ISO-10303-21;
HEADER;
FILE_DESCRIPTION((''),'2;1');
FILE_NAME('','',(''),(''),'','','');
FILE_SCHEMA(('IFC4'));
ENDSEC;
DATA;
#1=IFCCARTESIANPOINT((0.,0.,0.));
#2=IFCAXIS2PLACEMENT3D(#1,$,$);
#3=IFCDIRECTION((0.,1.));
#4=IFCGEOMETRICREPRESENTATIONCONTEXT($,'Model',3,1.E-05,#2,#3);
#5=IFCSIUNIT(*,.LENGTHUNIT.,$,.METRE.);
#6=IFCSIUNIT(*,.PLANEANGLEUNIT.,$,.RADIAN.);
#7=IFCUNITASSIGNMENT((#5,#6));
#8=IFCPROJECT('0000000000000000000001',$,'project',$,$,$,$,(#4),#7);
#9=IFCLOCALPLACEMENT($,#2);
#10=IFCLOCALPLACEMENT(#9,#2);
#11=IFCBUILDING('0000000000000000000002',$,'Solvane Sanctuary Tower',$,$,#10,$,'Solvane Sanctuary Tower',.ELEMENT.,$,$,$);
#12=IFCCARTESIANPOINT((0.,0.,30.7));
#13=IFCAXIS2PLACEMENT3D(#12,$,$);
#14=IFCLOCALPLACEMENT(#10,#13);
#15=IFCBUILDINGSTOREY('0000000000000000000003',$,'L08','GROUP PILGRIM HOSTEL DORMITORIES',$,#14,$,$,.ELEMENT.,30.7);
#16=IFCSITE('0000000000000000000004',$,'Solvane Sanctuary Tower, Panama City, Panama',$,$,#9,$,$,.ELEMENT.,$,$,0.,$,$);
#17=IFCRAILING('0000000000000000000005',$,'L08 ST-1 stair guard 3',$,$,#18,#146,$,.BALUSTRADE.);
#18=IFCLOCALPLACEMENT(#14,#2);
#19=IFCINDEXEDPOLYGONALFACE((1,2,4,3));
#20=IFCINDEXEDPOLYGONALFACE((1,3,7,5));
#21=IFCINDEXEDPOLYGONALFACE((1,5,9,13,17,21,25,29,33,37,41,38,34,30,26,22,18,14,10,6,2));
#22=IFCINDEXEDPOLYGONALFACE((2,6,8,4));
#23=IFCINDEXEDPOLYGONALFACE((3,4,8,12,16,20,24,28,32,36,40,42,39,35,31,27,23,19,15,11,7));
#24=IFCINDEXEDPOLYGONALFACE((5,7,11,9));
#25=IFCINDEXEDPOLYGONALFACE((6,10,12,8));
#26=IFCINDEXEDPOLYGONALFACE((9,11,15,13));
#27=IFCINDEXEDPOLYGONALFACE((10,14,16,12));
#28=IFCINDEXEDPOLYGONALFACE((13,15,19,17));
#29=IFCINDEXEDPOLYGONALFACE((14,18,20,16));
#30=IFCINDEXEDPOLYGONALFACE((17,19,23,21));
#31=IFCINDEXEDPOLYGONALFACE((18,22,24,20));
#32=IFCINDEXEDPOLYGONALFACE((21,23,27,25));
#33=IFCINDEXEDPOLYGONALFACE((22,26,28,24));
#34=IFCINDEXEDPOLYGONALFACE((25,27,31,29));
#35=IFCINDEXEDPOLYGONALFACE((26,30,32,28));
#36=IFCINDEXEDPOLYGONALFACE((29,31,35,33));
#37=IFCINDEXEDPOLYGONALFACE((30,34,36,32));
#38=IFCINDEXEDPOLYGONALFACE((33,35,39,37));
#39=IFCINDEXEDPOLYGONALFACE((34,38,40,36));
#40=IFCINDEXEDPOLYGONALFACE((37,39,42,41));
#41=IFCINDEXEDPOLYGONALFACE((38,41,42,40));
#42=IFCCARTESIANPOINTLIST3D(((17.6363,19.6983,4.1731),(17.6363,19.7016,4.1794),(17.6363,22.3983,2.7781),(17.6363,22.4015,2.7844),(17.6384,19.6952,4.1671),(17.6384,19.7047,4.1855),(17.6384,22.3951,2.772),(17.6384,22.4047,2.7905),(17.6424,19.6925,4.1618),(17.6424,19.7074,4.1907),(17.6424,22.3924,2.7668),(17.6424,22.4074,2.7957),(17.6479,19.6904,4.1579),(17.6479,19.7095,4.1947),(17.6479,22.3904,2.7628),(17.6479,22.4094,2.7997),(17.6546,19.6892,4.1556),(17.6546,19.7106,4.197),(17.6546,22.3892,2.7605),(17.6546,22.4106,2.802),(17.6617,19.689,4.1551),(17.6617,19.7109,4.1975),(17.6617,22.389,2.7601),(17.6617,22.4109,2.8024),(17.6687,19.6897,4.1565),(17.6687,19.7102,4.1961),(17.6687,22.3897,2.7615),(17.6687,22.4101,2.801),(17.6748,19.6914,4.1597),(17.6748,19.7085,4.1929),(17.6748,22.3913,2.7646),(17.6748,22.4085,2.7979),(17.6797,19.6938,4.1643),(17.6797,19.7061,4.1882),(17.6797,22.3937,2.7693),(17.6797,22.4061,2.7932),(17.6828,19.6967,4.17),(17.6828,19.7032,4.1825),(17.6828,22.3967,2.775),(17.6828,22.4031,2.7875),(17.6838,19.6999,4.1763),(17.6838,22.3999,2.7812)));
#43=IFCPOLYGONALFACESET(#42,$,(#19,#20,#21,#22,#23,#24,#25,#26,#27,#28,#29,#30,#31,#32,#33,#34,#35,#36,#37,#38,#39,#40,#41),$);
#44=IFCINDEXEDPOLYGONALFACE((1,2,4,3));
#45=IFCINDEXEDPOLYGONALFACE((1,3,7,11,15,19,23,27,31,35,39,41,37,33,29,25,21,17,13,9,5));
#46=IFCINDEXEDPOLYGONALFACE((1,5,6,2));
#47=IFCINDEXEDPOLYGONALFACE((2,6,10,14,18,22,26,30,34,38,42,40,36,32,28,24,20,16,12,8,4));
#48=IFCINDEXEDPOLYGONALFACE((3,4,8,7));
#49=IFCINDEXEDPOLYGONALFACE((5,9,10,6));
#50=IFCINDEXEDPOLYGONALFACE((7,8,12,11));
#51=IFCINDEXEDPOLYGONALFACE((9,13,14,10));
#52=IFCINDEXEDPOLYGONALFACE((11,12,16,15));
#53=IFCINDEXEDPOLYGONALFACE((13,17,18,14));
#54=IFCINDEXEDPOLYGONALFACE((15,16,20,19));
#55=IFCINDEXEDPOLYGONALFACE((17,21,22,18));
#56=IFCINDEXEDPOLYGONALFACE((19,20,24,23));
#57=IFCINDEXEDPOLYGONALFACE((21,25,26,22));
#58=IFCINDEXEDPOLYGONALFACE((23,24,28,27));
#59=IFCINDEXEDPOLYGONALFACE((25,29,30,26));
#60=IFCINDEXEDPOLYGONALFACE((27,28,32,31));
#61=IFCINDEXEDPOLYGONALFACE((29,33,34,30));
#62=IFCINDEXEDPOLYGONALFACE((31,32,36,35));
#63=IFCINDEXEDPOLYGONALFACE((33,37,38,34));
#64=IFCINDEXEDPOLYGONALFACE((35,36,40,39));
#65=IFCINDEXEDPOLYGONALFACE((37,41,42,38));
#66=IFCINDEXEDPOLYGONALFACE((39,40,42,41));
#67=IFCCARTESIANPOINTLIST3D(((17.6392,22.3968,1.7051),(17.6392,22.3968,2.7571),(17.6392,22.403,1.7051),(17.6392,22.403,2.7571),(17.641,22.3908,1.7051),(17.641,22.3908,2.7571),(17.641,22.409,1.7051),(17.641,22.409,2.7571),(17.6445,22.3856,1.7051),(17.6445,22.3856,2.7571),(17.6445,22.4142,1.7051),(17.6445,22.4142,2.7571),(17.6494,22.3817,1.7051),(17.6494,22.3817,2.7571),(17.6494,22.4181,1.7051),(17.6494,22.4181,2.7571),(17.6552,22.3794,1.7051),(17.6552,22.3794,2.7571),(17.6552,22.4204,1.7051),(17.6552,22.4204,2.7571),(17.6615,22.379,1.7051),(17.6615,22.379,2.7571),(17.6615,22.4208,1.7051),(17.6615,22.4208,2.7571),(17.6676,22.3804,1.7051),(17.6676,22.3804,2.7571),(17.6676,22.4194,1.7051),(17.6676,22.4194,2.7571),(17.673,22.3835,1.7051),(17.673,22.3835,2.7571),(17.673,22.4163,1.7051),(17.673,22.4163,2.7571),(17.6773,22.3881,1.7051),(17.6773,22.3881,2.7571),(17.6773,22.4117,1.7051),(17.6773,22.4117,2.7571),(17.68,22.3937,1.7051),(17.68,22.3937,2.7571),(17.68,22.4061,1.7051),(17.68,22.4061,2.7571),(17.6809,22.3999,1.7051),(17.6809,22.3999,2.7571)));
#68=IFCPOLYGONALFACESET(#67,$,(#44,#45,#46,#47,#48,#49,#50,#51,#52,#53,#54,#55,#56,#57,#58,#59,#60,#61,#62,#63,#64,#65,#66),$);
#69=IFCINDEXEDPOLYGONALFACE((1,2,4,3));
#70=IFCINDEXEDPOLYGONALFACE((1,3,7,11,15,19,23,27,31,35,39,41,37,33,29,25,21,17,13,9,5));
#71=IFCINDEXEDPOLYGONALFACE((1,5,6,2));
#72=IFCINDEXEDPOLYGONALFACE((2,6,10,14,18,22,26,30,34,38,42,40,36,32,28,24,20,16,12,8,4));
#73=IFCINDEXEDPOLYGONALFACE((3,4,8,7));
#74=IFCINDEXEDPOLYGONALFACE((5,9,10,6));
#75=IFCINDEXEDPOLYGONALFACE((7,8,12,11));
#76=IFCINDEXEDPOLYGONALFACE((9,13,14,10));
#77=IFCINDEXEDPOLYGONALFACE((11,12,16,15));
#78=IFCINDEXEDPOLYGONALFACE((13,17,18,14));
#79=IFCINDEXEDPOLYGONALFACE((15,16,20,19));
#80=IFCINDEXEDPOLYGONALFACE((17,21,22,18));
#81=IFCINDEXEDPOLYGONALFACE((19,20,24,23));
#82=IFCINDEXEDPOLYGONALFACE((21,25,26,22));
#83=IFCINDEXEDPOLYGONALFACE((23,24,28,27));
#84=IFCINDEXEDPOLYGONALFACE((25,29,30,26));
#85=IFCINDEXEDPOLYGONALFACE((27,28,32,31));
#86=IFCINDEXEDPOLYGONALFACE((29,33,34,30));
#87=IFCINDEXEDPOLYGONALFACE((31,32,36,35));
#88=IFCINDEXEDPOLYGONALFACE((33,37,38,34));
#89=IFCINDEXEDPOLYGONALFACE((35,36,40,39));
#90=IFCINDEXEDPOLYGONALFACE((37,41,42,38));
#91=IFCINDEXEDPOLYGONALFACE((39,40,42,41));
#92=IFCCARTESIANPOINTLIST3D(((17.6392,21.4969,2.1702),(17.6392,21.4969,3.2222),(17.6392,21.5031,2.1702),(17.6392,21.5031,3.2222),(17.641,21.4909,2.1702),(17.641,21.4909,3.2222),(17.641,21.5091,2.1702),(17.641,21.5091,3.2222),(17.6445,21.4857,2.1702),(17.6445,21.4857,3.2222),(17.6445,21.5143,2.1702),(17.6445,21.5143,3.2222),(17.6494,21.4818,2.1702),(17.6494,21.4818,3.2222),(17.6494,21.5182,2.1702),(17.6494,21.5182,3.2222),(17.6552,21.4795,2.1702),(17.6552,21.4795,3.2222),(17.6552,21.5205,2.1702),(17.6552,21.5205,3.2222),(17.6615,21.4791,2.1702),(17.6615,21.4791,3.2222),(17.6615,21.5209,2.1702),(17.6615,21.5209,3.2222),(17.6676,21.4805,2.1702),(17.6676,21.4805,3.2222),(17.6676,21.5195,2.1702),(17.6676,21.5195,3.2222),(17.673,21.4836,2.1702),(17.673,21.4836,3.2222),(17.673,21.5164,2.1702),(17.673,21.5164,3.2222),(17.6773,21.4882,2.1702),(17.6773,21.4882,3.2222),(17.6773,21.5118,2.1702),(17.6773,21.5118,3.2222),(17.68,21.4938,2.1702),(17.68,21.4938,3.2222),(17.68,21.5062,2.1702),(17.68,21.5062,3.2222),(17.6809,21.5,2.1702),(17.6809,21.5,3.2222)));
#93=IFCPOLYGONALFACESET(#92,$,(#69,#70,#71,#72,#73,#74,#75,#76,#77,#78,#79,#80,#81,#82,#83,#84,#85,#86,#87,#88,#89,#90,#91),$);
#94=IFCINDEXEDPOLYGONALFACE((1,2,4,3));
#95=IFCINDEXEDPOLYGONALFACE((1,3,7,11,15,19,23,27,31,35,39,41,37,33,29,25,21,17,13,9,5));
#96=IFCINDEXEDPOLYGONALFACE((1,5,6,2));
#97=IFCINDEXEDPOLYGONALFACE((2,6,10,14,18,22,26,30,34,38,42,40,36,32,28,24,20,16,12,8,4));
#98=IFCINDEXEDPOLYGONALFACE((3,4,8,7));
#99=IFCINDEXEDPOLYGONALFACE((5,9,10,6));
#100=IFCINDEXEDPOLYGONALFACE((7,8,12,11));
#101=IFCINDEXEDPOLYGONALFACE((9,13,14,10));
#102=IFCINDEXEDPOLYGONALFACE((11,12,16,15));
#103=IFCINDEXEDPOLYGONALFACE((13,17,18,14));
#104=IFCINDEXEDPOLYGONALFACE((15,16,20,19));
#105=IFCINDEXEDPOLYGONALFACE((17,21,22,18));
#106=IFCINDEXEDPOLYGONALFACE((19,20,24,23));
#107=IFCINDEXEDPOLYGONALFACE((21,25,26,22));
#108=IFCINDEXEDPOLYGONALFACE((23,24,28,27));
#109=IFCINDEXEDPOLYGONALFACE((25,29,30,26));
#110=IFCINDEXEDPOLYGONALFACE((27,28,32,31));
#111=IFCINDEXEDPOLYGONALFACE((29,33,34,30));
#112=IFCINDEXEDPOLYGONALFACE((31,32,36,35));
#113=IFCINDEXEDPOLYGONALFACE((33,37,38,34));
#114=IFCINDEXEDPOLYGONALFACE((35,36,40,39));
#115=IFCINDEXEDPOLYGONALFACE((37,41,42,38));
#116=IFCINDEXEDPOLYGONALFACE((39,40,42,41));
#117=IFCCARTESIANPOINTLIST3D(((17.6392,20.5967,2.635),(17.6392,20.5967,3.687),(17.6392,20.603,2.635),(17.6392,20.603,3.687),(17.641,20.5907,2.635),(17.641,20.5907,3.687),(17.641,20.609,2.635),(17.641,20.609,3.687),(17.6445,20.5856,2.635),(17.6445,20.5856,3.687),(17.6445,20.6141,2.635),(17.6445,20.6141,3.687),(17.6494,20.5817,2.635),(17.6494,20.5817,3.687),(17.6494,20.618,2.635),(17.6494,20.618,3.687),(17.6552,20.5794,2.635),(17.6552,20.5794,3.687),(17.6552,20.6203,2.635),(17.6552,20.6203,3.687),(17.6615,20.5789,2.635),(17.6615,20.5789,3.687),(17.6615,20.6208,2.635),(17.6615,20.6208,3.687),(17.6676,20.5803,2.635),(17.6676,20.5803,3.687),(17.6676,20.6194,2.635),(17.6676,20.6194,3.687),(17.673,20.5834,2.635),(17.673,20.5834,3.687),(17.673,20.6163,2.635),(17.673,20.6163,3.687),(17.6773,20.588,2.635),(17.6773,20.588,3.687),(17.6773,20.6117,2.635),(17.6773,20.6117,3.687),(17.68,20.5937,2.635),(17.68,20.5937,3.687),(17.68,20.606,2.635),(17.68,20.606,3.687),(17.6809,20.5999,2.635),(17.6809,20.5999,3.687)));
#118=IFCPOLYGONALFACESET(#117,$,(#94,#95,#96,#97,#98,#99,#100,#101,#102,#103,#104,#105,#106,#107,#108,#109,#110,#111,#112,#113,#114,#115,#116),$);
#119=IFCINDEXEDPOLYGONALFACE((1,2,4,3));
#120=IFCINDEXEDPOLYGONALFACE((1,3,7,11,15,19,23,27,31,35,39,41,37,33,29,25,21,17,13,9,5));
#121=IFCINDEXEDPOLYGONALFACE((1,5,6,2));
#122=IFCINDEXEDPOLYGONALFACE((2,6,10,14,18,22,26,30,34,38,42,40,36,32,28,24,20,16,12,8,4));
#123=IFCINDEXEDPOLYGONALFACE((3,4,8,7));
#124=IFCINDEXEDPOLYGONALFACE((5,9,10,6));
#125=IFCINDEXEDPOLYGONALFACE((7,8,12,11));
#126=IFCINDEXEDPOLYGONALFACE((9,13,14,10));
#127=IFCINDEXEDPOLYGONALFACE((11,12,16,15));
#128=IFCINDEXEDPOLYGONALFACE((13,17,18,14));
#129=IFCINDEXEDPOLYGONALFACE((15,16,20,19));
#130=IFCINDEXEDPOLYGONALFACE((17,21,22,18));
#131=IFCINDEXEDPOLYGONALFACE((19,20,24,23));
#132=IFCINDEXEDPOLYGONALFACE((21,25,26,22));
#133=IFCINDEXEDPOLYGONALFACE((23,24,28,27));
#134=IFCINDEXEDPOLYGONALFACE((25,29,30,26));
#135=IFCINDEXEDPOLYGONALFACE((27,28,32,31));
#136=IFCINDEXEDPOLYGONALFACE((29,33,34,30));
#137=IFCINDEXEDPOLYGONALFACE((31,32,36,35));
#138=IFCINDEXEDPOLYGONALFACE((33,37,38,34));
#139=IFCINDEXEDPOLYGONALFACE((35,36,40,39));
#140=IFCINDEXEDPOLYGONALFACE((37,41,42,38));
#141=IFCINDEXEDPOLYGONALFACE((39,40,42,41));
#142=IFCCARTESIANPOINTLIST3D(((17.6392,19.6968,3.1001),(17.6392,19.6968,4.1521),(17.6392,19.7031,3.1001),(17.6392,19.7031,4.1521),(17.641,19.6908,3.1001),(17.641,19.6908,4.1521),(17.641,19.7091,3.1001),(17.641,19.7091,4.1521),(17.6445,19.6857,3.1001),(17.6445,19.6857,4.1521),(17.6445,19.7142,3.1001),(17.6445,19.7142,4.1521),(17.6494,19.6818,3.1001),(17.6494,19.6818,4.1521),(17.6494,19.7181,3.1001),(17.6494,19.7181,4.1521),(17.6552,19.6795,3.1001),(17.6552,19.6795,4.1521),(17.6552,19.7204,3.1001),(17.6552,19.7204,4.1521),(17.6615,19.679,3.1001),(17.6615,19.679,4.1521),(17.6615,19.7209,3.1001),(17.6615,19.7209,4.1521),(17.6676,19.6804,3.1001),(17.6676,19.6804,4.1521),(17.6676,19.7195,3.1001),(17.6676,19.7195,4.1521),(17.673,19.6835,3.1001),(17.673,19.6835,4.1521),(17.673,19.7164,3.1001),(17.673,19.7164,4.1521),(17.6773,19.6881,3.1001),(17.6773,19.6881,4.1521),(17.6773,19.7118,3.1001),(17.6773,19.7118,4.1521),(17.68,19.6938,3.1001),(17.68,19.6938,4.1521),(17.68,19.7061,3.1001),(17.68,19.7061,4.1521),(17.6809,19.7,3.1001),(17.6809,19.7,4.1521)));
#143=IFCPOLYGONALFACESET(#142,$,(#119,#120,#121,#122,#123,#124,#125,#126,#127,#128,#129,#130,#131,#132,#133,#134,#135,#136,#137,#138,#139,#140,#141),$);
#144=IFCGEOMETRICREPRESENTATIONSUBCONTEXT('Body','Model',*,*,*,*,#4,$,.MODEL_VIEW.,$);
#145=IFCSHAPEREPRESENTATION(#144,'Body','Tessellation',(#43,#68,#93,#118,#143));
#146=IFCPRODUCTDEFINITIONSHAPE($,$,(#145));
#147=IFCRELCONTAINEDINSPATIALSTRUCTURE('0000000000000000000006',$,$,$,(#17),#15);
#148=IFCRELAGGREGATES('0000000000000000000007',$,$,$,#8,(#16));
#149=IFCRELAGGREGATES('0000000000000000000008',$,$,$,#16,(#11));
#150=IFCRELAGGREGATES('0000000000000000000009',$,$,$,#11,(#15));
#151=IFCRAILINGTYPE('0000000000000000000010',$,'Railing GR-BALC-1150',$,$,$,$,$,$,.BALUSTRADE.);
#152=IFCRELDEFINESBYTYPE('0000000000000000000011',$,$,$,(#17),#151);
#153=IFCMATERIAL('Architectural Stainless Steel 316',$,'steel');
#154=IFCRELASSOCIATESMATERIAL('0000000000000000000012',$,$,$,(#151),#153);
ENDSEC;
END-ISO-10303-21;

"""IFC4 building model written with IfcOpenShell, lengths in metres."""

from ifc_helpers import new_model, si_unit, direction, frame, origin, origin_2d, place, context, subcontext, project, spatial, circle, extrude, material, type_object, element, save


model = new_model("IFC4")

# Units and contexts
model_context = context("Model", 3, precision=1e-05, world=origin(), true_north=direction((0.0, 1.0)))
body_context = subcontext(model_context, "Body", "Model", "MODEL_VIEW")
ifc_project = project(units=[si_unit("LENGTHUNIT", "METRE"), si_unit("PLANEANGLEUNIT", "RADIAN")], contexts=[model_context])

# Site, building, storey
site_placement = place(None, origin())
site = spatial("IfcSite", under=ifc_project, at=site_placement, Name="Solvane Sanctuary Tower, Panama City, Panama", CompositionType="ELEMENT", RefElevation=0.0)
building_placement = place(site_placement, origin())
building = spatial("IfcBuilding", under=site, at=building_placement, Name="Solvane Sanctuary Tower", LongName="Solvane Sanctuary Tower", CompositionType="ELEMENT")
storey_placement = place(building_placement, frame((0.0, 0.0, 30.7)))
storey = spatial("IfcBuildingStorey", under=building, at=storey_placement, Name="L08", Description="GROUP PILGRIM HOSTEL DORMITORIES", CompositionType="ELEMENT", Elevation=30.7)

# Railing
ifc_material_1 = material(Name="Architectural Stainless Steel 316", Category="steel")
railing_type_1 = type_object("IfcRailingType", Name="Railing GR-BALC-1150", PredefinedType="BALUSTRADE", material=ifc_material_1)
railing_1_placement = place(storey_placement, frame((17.6599, 22.3999, 1.7051)))
element("IfcRailing", 1, at=railing_1_placement, inside=storey, type_object=railing_type_1, Name="L08 ST-1 stair guard 3", PredefinedType="BALUSTRADE", context=body_context, shape_type="SweptSolid", body=[
    extrude(circle(Radius=0.0239, at=origin_2d()), frame((0.0, 0.0, 1.0762), z_axis=(0.0, -0.88842, 0.459032), x_axis=(1.0, 0.0, 0.0)), (0.0, 0.0, 1.0), 3.0391),
    extrude(circle(Radius=0.021, at=origin_2d()), origin(), (0.0, 0.0, 1.0), 1.052),
    extrude(circle(Radius=0.021, at=origin_2d()), frame((0.0, -0.8999, 0.4651)), (0.0, 0.0, 1.0), 1.052),
    extrude(circle(Radius=0.021, at=origin_2d()), frame((0.0, -1.8, 0.9299)), (0.0, 0.0, 1.0), 1.052),
    extrude(circle(Radius=0.021, at=origin_2d()), frame((0.0, -2.7, 1.395)), (0.0, 0.0, 1.0), 1.052),
])

save(model, "model.ifc")
